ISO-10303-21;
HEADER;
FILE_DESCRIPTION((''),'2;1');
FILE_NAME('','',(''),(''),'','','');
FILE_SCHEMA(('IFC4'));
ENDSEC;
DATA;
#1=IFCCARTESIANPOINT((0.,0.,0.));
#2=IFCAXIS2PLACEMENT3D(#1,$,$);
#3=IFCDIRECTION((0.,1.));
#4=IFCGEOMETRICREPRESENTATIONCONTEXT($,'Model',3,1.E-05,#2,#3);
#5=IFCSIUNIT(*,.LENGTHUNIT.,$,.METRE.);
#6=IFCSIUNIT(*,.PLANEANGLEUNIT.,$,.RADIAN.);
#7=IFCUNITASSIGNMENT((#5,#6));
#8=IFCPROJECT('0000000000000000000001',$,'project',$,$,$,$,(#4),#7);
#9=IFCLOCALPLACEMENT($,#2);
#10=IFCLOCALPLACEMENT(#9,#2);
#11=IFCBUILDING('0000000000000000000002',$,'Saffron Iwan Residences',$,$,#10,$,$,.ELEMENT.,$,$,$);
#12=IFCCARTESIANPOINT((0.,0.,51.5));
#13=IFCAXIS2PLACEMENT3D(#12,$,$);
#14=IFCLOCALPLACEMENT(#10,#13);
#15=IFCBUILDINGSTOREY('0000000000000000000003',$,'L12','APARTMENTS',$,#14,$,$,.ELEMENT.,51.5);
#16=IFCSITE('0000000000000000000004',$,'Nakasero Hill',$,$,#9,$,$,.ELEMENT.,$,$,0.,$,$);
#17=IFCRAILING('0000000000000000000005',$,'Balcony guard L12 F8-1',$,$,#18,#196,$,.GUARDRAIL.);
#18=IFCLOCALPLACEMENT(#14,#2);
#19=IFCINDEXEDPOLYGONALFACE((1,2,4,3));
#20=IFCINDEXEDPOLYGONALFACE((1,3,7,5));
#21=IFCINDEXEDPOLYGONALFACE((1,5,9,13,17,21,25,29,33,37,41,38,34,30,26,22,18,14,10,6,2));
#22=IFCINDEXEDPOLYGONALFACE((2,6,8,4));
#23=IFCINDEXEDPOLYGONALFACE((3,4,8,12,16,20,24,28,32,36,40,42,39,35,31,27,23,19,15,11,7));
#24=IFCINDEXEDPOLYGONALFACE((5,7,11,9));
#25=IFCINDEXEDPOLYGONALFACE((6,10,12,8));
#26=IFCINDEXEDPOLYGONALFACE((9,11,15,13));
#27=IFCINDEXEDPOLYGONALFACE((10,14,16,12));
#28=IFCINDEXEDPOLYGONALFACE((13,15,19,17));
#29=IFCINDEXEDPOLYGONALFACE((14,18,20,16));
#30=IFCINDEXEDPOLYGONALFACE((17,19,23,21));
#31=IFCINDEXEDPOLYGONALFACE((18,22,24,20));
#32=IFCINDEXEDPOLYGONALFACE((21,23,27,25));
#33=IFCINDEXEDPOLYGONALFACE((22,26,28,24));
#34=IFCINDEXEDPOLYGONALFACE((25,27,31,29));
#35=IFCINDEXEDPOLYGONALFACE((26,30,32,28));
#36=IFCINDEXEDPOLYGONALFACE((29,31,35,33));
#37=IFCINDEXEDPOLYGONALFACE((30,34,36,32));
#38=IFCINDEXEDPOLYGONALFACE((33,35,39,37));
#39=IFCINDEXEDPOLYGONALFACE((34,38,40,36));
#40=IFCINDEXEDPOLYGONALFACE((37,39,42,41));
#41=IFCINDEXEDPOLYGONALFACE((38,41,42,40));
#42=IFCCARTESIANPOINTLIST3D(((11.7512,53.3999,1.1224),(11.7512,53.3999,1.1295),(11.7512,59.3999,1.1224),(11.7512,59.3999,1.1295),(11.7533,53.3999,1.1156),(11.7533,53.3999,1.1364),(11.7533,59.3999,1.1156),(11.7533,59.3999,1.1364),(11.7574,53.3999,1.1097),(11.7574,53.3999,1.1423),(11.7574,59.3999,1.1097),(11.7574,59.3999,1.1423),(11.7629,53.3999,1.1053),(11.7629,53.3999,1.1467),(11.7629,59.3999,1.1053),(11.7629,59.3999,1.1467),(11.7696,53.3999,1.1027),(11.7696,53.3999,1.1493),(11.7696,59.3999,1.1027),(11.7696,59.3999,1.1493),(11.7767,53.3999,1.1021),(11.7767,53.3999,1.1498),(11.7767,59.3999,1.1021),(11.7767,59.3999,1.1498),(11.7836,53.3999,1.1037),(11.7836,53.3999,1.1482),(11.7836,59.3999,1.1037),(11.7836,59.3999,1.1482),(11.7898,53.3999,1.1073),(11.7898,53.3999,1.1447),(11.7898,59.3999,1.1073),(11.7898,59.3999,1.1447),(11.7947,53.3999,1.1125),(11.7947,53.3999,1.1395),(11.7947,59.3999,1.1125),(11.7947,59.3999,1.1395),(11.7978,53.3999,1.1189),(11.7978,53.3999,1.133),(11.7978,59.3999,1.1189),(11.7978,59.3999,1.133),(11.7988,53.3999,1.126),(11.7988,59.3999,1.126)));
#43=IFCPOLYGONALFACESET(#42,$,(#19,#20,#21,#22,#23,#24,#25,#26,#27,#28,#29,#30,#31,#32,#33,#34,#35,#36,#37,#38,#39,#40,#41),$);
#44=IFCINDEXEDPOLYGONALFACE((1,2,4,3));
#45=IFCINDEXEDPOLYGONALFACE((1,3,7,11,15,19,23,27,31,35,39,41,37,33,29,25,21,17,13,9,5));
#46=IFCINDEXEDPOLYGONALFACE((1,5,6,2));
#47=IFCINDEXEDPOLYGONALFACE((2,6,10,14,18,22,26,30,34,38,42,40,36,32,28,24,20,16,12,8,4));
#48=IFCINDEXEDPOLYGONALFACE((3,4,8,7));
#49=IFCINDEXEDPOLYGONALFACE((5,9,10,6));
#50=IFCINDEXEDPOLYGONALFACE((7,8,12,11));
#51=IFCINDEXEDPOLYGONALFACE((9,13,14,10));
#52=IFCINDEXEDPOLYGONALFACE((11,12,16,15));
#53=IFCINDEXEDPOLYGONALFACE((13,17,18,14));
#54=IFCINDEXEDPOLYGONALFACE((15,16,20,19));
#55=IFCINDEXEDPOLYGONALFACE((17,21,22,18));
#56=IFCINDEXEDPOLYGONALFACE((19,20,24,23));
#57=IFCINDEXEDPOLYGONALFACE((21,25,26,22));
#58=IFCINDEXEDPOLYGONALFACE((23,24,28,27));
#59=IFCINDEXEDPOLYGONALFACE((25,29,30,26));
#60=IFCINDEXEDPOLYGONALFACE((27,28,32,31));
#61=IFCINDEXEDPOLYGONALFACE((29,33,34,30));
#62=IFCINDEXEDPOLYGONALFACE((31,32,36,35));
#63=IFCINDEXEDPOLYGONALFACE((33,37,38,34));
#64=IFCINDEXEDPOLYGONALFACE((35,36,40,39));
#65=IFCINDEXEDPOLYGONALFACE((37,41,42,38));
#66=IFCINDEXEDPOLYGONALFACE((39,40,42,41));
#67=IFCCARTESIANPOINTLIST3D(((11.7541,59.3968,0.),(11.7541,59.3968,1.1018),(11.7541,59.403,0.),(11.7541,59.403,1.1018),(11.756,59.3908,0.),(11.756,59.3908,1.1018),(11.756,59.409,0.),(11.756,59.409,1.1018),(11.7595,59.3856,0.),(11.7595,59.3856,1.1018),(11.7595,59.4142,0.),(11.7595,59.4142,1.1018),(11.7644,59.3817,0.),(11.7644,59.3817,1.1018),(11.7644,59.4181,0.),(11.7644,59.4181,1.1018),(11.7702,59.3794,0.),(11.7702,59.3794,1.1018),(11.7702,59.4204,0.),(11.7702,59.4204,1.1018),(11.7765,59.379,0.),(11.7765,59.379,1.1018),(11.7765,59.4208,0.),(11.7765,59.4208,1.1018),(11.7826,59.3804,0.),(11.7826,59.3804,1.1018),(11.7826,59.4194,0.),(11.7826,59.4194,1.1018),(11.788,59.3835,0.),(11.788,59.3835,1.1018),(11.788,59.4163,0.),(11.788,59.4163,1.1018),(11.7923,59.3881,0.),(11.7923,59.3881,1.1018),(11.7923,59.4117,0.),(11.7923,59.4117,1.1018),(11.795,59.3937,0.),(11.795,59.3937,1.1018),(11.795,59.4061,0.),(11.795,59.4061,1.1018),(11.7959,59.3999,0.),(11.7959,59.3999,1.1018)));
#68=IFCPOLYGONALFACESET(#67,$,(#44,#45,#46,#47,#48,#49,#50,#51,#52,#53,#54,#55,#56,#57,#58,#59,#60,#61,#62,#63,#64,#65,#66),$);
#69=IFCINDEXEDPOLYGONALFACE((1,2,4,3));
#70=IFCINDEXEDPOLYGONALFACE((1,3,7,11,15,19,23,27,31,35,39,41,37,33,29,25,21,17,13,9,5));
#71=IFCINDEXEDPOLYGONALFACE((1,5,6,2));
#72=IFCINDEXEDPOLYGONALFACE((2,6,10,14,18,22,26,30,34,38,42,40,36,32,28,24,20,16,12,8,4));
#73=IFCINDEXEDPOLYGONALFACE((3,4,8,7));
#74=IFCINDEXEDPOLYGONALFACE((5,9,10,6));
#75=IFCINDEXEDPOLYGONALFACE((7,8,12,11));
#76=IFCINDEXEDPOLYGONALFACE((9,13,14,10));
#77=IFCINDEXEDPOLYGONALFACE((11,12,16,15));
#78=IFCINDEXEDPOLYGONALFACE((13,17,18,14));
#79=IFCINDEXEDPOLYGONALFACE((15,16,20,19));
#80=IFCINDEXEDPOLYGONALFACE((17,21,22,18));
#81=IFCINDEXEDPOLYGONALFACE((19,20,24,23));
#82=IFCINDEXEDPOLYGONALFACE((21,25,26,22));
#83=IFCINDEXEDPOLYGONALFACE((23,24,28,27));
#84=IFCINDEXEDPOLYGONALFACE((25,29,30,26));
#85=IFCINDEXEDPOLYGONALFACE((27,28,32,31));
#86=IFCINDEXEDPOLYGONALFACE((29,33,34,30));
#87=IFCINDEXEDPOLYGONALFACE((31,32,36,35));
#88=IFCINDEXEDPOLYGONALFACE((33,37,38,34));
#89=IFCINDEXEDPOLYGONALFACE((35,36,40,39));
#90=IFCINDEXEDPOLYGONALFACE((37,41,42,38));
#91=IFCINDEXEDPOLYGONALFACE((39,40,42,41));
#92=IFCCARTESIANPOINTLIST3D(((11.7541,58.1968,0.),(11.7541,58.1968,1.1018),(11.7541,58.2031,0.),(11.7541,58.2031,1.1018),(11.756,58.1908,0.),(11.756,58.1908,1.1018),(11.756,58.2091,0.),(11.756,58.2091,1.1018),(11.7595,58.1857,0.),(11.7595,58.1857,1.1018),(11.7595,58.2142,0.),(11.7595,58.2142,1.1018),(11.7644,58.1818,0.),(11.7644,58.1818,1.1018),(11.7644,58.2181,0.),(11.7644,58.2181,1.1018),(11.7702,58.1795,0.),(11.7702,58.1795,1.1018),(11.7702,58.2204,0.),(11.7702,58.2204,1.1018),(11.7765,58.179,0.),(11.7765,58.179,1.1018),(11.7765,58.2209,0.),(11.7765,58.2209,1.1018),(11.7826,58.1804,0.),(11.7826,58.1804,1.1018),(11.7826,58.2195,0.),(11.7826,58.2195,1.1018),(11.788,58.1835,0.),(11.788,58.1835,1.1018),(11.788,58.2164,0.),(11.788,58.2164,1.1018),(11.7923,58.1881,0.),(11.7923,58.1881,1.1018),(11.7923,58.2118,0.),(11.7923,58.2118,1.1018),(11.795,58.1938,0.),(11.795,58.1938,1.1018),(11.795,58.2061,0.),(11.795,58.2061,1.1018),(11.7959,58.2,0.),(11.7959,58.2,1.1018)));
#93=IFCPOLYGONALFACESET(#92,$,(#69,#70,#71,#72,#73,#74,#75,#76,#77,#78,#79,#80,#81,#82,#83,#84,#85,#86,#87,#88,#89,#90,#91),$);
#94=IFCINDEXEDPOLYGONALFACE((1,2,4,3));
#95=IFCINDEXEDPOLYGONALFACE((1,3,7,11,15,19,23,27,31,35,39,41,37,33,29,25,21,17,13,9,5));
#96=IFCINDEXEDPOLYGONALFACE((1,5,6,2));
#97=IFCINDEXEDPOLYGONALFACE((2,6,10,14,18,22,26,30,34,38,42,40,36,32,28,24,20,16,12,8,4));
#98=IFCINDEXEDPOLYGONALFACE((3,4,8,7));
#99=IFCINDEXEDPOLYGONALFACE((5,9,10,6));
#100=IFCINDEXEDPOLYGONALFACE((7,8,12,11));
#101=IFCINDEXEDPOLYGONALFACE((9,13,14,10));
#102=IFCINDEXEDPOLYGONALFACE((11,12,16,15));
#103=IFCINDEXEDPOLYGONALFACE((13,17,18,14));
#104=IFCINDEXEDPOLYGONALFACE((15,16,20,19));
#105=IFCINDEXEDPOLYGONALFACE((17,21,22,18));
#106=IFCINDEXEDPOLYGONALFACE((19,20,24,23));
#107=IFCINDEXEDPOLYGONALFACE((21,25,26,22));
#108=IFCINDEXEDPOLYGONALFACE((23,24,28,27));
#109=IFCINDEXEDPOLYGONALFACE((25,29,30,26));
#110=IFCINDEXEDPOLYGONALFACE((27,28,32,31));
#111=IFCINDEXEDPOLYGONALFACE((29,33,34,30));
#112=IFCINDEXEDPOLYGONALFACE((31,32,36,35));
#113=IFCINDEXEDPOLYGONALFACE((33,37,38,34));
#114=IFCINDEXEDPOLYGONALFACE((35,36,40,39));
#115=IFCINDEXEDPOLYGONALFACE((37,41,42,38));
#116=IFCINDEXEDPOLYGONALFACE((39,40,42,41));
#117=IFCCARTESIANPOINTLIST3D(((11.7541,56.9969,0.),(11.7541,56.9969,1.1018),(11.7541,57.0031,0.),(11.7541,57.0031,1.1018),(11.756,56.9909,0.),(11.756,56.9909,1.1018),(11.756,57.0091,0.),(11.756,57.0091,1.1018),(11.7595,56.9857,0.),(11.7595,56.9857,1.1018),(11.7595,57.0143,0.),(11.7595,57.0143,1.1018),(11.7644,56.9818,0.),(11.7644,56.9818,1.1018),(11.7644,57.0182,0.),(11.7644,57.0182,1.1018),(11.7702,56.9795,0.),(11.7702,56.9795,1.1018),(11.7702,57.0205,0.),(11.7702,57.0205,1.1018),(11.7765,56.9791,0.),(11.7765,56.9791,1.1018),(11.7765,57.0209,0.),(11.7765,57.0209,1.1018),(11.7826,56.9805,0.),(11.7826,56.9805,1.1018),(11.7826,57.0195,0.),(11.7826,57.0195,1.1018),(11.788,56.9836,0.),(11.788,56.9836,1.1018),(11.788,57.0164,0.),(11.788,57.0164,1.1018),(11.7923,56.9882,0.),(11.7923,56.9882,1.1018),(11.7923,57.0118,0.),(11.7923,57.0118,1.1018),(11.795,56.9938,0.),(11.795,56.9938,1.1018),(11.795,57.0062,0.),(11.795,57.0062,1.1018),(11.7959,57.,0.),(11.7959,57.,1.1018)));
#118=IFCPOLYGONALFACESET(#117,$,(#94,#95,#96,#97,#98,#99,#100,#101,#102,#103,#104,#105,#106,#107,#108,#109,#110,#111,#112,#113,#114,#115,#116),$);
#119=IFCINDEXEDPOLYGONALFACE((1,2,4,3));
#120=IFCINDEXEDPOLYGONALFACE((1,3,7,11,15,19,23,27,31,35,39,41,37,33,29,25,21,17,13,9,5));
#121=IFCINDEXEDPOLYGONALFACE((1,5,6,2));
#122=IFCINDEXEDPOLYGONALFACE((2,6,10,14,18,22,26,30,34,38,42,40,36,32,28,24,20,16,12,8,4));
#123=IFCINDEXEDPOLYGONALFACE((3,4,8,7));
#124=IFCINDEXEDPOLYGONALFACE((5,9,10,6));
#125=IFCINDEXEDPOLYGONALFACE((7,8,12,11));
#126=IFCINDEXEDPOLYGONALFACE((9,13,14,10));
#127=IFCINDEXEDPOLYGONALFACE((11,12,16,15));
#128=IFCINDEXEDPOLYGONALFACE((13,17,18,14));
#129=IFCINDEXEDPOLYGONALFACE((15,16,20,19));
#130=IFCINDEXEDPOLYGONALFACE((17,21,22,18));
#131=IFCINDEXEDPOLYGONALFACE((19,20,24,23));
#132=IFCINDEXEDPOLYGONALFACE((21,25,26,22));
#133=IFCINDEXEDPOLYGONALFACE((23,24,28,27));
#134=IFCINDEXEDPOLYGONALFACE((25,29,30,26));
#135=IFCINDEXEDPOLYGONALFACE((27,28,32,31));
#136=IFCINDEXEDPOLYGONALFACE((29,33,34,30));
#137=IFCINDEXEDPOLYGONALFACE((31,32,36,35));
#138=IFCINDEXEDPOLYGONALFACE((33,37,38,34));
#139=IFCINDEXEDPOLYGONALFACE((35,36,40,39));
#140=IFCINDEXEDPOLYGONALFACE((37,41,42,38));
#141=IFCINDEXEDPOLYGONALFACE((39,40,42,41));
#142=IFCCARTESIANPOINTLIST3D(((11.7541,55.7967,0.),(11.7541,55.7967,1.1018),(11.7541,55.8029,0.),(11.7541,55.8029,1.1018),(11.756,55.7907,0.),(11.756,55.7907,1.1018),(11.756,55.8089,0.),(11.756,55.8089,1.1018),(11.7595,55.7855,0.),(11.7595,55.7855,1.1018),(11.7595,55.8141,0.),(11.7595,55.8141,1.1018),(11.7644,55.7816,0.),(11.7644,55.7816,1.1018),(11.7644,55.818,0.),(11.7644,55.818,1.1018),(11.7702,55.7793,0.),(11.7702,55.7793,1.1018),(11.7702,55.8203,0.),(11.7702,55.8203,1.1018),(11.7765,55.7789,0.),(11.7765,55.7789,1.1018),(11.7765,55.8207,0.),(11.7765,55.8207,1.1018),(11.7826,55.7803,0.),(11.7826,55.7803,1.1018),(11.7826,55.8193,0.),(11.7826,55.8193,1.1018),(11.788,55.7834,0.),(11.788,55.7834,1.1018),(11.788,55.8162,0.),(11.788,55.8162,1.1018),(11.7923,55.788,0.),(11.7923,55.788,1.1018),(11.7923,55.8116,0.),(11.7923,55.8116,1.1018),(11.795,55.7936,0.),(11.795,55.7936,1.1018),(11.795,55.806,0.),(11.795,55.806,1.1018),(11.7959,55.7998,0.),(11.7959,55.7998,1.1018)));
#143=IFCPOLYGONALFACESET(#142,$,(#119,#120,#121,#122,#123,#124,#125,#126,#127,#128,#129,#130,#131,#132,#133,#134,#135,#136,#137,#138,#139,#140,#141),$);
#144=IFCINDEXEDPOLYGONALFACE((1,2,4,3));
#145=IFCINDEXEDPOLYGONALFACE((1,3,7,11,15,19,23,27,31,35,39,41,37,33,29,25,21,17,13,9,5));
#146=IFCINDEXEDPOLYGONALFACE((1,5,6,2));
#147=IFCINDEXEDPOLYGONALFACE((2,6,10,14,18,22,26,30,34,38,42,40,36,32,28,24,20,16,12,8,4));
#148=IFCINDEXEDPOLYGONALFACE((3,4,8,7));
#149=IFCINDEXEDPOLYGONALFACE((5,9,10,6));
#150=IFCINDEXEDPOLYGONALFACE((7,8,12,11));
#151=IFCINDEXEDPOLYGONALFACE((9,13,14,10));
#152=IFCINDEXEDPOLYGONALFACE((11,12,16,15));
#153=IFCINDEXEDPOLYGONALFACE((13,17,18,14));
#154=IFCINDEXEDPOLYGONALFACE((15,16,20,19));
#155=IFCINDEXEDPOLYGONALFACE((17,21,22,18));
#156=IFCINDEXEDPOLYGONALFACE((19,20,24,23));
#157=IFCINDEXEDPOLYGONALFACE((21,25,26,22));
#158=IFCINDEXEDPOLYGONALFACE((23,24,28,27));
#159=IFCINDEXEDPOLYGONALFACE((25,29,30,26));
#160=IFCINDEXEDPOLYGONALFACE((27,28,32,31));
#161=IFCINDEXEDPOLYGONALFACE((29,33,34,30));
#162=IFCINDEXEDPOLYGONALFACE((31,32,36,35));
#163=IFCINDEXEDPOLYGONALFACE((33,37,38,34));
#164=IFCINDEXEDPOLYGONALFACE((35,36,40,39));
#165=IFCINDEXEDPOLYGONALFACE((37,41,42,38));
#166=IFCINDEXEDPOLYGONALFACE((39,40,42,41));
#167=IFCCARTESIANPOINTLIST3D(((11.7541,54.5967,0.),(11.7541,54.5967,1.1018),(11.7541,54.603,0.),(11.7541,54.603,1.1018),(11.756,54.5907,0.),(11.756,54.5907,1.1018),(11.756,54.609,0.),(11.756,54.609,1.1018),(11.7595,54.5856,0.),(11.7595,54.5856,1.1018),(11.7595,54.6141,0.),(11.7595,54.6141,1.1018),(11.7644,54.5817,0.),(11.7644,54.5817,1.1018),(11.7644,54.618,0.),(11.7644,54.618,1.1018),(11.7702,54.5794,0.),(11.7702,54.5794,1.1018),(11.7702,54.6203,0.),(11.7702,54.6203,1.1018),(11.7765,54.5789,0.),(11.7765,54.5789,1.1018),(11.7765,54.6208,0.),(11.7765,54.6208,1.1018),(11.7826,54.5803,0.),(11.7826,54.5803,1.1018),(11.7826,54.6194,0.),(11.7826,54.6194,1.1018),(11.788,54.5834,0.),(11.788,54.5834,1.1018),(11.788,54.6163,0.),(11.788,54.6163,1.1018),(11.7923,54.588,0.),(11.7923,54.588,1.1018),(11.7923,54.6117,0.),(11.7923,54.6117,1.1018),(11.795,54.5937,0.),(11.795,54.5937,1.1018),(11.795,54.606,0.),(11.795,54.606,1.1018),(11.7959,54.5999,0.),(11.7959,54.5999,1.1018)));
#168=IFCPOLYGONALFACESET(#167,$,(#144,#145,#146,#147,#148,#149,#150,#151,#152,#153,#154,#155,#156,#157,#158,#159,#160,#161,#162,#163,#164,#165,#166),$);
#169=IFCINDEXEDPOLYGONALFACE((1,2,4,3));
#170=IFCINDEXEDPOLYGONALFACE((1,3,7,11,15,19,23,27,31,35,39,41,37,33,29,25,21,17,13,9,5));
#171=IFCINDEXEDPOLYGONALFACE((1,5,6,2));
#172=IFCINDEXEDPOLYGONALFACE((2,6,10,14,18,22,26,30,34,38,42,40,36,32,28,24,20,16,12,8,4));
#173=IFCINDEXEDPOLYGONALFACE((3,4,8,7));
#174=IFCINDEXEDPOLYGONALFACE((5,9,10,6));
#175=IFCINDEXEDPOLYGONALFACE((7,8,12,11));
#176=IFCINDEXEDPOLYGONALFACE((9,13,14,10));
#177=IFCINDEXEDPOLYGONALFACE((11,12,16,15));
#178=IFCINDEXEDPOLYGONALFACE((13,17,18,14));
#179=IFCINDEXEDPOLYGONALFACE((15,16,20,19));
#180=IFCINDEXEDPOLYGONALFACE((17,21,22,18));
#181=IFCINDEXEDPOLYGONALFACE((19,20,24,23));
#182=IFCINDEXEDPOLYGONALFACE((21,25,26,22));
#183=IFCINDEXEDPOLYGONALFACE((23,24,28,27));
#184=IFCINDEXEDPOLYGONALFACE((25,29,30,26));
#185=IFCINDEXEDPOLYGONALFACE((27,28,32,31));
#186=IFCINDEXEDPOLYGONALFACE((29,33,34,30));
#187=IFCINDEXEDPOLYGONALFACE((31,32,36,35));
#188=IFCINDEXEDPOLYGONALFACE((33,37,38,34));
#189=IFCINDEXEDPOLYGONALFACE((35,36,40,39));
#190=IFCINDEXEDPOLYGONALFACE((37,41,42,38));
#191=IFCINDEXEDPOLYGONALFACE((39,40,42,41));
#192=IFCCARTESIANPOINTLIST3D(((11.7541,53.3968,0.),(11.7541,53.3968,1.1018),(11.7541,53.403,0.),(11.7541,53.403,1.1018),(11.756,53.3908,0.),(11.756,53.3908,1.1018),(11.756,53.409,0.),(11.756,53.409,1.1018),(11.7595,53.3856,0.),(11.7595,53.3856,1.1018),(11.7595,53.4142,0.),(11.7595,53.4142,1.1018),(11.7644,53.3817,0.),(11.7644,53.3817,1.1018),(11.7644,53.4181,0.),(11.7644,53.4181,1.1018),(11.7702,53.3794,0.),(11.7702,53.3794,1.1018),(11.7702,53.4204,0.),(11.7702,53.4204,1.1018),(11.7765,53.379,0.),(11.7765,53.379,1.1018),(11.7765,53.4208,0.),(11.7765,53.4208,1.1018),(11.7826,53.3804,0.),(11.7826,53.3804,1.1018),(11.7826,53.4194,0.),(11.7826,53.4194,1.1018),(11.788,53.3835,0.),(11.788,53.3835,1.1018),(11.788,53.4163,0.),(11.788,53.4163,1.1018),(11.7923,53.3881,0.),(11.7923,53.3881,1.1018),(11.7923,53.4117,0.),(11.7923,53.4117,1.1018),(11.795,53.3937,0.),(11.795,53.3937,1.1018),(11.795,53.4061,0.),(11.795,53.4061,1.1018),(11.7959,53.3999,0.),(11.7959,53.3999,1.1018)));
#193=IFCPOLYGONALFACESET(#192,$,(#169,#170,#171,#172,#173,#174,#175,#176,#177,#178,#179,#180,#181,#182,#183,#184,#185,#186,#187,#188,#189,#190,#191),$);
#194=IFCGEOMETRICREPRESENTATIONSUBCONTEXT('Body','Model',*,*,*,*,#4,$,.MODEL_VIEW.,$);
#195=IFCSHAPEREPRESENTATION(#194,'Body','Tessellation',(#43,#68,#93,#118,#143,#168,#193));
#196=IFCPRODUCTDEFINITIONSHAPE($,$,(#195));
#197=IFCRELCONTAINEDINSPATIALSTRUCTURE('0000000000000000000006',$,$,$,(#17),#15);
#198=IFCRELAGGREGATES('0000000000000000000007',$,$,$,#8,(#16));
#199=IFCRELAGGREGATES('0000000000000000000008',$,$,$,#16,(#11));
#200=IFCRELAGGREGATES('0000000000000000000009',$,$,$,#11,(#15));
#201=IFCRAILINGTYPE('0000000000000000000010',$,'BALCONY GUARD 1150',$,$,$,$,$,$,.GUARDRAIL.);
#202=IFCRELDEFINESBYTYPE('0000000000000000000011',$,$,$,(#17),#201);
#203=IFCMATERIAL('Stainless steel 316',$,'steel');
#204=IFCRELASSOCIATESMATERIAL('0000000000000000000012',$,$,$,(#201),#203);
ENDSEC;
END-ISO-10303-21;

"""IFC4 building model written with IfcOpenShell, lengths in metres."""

from ifc_helpers import new_model, si_unit, direction, frame, origin, origin_2d, place, context, subcontext, project, spatial, circle, extrude, material, type_object, element, save


model = new_model("IFC4")

# Units and contexts
model_context = context("Model", 3, precision=1e-05, world=origin(), true_north=direction((0.0, 1.0)))
body_context = subcontext(model_context, "Body", "Model", "MODEL_VIEW")
ifc_project = project(units=[si_unit("LENGTHUNIT", "METRE"), si_unit("PLANEANGLEUNIT", "RADIAN")], contexts=[model_context])

# Site, building, storey
site_placement = place(None, origin())
site = spatial("IfcSite", under=ifc_project, at=site_placement, Name="Nakasero Hill", CompositionType="ELEMENT", RefElevation=0.0)
building_placement = place(site_placement, origin())
building = spatial("IfcBuilding", under=site, at=building_placement, Name="Saffron Iwan Residences", CompositionType="ELEMENT")
storey_placement = place(building_placement, frame((0.0, 0.0, 51.5)))
storey = spatial("IfcBuildingStorey", under=building, at=storey_placement, Name="L12", Description="APARTMENTS", CompositionType="ELEMENT", Elevation=51.5)

# Railing
ifc_material_1 = material(Name="Stainless steel 316", Category="steel")
railing_type = type_object("IfcRailingType", Name="BALCONY GUARD 1150", PredefinedType="GUARDRAIL", material=ifc_material_1)
railing_placement = place(storey_placement, frame((11.7749, 59.3999, 0.0)))
element("IfcRailing", 1, at=railing_placement, inside=storey, type_object=railing_type, Name="Balcony guard L12 F8-1", PredefinedType="GUARDRAIL", context=body_context, shape_type="SweptSolid", body=[
    extrude(circle(Radius=0.0239, at=origin_2d()), frame((0.0, 0.0, 1.126), z_axis=(0.0, -1.0, 0.0), x_axis=(1.0, 0.0, 0.0)), (0.0, 0.0, 1.0), 6.0),
    extrude(circle(Radius=0.021, at=origin_2d()), origin(), (0.0, 0.0, 1.0), 1.1018),
    extrude(circle(Radius=0.021, at=origin_2d()), frame((0.0, -1.2, 0.0)), (0.0, 0.0, 1.0), 1.1018),
    extrude(circle(Radius=0.021, at=origin_2d()), frame((0.0, -2.3999, 0.0)), (0.0, 0.0, 1.0), 1.1018),
    extrude(circle(Radius=0.021, at=origin_2d()), frame((0.0, -3.6001, 0.0)), (0.0, 0.0, 1.0), 1.1018),
    extrude(circle(Radius=0.021, at=origin_2d()), frame((0.0, -4.8, 0.0)), (0.0, 0.0, 1.0), 1.1018),
    extrude(circle(Radius=0.021, at=origin_2d()), frame((0.0, -6.0, 0.0)), (0.0, 0.0, 1.0), 1.1018),
])

save(model, "model.ifc")
